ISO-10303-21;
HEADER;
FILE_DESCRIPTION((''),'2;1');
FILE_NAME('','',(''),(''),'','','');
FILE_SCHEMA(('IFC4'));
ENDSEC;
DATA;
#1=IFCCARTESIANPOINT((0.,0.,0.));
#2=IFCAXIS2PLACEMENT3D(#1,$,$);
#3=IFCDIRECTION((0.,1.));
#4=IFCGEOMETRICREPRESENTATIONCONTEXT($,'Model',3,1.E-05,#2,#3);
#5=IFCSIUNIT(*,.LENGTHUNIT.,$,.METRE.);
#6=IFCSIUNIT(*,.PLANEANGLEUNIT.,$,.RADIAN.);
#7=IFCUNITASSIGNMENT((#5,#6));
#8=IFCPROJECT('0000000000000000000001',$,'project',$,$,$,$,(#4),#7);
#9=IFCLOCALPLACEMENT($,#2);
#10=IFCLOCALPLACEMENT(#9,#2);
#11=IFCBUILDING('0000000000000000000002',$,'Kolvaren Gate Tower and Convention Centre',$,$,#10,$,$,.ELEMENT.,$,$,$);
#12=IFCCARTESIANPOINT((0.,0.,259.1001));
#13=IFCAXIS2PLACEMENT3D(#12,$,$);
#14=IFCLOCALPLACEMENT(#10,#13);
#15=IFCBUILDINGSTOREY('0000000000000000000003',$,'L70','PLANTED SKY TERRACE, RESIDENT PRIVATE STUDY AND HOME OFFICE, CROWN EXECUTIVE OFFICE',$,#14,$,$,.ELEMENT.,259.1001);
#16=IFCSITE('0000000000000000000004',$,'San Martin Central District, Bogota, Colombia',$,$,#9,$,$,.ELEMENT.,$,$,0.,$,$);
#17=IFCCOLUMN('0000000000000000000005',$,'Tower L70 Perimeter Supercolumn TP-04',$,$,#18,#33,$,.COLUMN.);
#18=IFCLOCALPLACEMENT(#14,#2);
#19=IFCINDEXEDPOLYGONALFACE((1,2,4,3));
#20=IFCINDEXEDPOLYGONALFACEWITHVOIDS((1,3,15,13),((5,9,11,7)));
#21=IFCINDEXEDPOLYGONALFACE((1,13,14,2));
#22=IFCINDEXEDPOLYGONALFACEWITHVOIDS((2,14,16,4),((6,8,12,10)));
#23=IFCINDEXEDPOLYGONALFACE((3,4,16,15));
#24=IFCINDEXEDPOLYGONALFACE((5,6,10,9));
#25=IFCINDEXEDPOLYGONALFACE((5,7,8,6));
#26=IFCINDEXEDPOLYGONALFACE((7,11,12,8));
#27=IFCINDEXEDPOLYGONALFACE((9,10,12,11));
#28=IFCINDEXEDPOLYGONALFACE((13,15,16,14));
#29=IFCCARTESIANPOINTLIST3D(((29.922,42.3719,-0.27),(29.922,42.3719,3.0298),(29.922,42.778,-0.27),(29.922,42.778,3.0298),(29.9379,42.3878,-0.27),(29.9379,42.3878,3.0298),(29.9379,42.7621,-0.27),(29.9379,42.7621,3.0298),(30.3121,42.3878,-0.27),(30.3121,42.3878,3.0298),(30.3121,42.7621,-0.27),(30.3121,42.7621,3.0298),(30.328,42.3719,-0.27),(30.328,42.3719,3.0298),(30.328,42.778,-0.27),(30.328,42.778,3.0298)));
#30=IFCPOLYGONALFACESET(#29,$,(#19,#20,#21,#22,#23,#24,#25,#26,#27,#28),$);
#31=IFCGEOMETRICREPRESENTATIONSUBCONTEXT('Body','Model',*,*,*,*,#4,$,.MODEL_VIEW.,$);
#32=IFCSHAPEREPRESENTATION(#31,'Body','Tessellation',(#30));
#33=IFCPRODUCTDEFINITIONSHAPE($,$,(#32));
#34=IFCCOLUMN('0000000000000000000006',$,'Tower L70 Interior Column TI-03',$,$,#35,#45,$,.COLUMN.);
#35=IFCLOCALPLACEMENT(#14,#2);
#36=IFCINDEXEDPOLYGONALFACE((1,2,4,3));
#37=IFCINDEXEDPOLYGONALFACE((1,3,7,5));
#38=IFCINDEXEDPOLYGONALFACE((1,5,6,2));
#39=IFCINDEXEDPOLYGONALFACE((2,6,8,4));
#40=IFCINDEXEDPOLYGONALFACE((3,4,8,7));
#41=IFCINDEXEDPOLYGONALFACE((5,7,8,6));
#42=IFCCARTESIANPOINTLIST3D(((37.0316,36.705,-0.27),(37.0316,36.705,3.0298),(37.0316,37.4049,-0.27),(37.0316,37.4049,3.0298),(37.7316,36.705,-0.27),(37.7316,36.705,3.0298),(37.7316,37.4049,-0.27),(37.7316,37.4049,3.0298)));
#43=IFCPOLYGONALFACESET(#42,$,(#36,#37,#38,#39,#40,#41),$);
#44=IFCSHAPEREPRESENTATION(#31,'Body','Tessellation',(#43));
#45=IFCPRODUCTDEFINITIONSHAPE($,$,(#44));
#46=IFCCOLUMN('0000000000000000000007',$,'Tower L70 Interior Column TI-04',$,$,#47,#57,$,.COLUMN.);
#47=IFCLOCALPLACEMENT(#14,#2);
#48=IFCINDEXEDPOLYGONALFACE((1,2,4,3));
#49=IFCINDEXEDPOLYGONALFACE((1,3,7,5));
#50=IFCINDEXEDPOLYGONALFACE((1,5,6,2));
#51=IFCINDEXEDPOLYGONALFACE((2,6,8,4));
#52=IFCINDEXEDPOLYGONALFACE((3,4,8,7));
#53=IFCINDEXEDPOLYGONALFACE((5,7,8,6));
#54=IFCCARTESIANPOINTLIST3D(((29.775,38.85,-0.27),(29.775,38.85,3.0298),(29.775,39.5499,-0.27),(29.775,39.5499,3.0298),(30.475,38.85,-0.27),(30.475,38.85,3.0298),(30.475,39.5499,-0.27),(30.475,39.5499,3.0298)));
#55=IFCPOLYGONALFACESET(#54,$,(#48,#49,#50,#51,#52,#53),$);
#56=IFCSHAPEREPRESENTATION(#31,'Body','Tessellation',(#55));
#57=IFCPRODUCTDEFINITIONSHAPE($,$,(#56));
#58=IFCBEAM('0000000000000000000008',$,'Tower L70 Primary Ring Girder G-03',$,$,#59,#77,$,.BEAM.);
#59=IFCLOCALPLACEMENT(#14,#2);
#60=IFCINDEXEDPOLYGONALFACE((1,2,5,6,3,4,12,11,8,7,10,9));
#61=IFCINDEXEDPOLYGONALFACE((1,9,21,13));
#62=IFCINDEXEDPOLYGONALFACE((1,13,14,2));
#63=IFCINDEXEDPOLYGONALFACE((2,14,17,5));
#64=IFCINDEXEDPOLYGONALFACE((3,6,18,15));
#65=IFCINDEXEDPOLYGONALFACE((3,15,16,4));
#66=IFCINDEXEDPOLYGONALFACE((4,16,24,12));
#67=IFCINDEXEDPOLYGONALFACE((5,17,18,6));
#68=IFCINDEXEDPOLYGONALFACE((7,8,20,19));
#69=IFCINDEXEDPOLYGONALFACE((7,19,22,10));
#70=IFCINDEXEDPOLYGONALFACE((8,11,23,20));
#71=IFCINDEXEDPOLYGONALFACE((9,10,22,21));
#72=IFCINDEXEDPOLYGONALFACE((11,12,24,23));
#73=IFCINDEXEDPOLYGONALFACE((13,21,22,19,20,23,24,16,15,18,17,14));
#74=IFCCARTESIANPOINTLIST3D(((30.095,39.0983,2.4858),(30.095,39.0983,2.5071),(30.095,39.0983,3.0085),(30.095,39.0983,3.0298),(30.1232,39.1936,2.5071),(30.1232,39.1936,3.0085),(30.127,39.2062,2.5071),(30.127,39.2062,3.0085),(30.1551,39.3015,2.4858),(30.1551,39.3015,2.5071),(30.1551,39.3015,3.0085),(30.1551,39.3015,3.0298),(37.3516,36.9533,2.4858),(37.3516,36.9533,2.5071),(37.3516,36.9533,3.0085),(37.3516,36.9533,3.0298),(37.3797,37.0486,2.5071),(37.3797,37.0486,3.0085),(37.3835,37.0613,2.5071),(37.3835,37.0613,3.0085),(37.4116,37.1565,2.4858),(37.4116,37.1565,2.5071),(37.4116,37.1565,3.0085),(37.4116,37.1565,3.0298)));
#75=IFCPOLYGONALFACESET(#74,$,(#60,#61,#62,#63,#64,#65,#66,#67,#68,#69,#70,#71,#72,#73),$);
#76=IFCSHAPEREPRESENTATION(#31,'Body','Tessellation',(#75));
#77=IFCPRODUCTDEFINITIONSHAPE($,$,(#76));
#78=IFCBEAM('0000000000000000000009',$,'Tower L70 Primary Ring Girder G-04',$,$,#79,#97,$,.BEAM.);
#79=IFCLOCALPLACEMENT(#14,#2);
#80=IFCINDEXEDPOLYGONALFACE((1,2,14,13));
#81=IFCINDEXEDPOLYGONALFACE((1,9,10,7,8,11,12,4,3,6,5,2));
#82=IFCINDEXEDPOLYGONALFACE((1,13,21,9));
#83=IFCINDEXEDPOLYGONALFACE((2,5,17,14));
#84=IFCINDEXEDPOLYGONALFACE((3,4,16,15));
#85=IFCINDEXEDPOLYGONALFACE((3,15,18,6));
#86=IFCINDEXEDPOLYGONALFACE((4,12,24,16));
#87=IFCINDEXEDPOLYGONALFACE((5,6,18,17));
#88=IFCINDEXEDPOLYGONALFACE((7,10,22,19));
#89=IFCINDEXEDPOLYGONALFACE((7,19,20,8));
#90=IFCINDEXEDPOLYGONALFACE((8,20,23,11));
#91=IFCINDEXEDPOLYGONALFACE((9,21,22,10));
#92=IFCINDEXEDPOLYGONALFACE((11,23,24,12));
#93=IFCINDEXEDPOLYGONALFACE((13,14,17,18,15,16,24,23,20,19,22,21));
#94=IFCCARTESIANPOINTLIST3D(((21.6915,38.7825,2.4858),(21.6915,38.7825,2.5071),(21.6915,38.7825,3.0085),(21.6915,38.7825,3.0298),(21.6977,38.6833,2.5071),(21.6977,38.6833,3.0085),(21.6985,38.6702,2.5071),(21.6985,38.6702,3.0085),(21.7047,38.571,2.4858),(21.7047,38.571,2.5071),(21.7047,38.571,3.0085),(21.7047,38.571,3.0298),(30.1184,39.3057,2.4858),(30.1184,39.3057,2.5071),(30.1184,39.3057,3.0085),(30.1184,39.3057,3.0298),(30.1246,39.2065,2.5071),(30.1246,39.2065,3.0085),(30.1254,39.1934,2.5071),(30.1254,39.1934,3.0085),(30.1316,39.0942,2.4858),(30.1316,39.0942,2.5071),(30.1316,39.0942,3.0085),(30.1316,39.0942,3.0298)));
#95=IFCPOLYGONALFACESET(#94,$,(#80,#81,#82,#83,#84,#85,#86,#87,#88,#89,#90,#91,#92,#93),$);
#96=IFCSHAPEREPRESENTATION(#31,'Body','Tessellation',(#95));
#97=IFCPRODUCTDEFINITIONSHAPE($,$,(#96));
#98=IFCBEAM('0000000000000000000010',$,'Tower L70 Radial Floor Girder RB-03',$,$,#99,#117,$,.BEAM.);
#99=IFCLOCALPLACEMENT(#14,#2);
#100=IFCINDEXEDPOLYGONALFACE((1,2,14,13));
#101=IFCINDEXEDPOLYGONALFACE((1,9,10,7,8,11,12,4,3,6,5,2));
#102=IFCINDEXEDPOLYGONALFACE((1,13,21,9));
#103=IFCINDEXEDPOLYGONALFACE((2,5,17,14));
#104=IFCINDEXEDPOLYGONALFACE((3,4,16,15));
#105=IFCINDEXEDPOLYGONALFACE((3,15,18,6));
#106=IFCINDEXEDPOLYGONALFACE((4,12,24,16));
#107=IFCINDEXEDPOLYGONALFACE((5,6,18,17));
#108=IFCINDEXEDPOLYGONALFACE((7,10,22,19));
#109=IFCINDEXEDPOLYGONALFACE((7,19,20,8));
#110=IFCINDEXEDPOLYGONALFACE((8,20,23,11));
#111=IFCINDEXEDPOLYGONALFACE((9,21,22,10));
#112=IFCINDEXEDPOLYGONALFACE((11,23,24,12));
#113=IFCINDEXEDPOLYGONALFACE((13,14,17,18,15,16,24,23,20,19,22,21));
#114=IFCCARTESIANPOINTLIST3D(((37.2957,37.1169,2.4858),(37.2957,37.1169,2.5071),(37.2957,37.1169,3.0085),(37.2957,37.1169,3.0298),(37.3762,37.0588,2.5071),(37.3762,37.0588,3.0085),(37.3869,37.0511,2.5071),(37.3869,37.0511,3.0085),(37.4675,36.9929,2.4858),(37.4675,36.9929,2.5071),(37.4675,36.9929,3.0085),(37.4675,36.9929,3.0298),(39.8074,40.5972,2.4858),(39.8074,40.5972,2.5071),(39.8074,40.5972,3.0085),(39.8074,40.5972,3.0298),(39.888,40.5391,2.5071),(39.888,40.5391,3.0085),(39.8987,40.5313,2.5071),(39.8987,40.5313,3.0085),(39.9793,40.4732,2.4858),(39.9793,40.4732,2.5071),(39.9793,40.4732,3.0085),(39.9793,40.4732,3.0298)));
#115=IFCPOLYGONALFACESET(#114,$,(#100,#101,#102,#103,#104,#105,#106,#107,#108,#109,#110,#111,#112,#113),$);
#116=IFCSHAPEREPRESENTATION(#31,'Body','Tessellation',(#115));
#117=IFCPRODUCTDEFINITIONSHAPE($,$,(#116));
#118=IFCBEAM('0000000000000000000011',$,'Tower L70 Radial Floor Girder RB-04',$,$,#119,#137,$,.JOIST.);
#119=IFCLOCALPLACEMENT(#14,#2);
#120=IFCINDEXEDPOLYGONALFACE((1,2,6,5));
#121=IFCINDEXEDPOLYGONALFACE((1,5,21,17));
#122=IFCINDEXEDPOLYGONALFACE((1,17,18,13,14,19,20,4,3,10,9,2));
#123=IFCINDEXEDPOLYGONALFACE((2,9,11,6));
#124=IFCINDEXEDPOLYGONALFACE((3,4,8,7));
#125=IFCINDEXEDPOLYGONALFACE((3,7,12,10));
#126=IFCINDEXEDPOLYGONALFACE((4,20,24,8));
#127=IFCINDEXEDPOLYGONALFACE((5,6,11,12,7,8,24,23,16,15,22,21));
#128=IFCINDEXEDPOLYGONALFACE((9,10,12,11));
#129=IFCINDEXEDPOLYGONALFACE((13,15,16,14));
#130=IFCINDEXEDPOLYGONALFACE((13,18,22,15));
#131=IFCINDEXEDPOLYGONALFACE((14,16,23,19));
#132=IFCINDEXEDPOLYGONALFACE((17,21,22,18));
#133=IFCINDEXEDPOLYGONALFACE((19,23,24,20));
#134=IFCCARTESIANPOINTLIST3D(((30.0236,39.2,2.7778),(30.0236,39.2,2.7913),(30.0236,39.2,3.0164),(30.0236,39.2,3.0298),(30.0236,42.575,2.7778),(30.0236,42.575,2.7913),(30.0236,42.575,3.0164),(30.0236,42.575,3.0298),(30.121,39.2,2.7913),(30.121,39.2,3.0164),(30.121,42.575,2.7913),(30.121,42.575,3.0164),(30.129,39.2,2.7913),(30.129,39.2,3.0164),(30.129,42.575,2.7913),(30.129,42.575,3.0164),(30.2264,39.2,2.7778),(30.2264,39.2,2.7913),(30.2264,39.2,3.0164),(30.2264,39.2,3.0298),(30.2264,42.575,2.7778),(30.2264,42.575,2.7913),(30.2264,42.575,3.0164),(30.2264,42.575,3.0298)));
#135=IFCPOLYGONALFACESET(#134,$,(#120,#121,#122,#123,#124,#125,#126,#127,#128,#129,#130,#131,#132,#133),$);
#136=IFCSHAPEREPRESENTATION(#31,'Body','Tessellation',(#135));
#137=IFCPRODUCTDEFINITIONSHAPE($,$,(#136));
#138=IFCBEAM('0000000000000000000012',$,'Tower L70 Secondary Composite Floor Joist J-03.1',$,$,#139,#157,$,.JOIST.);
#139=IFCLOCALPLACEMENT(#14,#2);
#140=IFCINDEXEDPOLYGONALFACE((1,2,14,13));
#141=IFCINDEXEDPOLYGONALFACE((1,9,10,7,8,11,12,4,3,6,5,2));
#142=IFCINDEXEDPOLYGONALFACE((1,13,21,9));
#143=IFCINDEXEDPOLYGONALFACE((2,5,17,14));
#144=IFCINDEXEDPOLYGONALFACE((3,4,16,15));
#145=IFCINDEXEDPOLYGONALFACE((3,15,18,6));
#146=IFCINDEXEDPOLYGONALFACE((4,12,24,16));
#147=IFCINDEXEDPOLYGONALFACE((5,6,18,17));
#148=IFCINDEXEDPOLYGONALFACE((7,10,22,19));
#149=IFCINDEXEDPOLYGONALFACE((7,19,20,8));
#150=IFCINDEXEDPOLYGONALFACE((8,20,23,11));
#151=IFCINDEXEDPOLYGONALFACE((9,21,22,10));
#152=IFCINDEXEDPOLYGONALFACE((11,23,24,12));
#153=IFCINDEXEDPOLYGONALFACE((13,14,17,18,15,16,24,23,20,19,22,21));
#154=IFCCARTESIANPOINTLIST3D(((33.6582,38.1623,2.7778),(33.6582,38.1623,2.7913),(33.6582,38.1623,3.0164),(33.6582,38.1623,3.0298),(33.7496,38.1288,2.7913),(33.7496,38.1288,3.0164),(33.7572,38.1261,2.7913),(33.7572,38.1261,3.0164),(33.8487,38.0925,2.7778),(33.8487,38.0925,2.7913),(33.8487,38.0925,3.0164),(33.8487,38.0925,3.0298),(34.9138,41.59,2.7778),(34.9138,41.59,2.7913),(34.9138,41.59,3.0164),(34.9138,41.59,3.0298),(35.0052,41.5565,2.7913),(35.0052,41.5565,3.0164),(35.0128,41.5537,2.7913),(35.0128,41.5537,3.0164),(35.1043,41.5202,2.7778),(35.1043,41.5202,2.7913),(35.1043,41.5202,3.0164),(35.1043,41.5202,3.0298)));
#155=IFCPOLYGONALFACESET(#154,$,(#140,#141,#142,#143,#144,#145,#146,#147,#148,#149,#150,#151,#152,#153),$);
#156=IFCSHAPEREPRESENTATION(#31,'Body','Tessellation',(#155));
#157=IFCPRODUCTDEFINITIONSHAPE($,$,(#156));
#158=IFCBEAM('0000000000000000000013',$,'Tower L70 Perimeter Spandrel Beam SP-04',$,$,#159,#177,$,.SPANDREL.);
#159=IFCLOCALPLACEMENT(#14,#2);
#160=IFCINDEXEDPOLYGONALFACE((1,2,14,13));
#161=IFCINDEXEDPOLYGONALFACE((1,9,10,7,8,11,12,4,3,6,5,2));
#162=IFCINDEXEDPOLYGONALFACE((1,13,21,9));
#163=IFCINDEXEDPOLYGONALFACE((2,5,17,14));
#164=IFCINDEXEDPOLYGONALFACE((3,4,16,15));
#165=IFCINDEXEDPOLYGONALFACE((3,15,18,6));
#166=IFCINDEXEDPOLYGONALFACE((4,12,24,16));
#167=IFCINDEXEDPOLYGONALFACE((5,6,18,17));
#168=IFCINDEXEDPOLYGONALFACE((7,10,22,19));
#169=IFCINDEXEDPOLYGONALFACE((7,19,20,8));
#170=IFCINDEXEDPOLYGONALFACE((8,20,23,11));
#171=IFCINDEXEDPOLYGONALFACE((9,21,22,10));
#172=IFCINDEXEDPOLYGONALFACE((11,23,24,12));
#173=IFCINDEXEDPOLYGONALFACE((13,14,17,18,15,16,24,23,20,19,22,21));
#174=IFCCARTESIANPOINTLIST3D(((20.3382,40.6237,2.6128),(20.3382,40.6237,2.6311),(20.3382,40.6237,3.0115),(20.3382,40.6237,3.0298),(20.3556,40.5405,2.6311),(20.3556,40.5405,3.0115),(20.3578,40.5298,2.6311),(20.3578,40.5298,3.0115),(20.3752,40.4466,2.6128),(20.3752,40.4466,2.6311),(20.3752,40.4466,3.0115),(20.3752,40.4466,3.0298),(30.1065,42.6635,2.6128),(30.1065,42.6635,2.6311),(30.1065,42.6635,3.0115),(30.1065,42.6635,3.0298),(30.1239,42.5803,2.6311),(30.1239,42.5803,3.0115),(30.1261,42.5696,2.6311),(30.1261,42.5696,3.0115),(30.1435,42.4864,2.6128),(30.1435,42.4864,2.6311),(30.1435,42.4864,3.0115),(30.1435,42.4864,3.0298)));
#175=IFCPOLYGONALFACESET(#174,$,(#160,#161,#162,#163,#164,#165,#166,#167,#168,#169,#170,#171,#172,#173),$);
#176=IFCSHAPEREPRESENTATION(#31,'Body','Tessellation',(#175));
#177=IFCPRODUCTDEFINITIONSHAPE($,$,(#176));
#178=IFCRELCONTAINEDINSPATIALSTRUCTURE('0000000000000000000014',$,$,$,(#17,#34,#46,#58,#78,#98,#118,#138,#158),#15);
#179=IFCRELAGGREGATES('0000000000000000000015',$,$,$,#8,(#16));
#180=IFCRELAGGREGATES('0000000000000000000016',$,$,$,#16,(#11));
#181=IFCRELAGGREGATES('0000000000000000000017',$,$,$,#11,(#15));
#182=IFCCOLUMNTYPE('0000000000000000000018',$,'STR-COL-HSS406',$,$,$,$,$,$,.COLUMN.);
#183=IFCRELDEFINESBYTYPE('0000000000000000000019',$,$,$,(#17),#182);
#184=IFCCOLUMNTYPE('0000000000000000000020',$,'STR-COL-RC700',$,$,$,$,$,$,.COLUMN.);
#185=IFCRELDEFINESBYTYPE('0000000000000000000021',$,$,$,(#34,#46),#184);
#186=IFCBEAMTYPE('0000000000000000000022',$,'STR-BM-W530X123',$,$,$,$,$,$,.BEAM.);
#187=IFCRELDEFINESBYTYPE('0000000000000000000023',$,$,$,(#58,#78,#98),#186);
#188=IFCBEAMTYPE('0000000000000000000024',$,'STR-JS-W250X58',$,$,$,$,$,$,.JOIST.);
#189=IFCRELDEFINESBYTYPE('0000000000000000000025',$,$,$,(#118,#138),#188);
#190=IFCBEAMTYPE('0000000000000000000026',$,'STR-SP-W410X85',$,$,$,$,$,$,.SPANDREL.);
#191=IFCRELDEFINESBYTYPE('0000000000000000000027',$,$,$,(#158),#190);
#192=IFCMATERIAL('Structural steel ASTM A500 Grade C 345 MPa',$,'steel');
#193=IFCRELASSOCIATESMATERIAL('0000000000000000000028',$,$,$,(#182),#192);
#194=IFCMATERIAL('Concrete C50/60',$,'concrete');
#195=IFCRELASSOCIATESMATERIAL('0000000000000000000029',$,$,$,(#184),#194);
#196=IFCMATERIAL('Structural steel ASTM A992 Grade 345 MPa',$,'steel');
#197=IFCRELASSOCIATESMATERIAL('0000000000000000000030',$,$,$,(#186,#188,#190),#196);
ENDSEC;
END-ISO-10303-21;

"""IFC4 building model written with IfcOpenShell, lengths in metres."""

from ifc_helpers import new_model, si_unit, direction, frame, origin, origin_2d, place, context, subcontext, project, spatial, rectangle, hollow_rectangle, i_section, extrude, material, material_profile, profile_set, type_object, element, save


model = new_model("IFC4")

# Units and contexts
model_context = context("Model", 3, precision=1e-05, world=origin(), true_north=direction((0.0, 1.0)))
body_context = subcontext(model_context, "Body", "Model", "MODEL_VIEW")
ifc_project = project(units=[si_unit("LENGTHUNIT", "METRE"), si_unit("PLANEANGLEUNIT", "RADIAN")], contexts=[model_context])

# Site, building, storey
site_placement = place(None, origin())
site = spatial("IfcSite", under=ifc_project, at=site_placement, Name="San Martin Central District, Bogota, Colombia", CompositionType="ELEMENT", RefElevation=0.0)
building_placement = place(site_placement, origin())
building = spatial("IfcBuilding", under=site, at=building_placement, Name="Kolvaren Gate Tower and Convention Centre", CompositionType="ELEMENT")
storey_placement = place(building_placement, frame((0.0, 0.0, 259.1001)))
storey = spatial("IfcBuildingStorey", under=building, at=storey_placement, Name="L70", Description="PLANTED SKY TERRACE, RESIDENT PRIVATE STUDY AND HOME OFFICE, CROWN EXECUTIVE OFFICE", CompositionType="ELEMENT", Elevation=259.1001)

# Columns
ifc_material_1 = material(Name="Structural steel ASTM A500 Grade C 345 MPa", Category="steel")
ifc_material_profile_1 = material_profile(ifc_material_1, hollow_rectangle(XDim=0.406, YDim=0.406, WallThickness=0.0159, at=origin_2d()), Name="HSS406X406X15.9")
ifc_profile_set_1 = profile_set([ifc_material_profile_1], Name="Structural steel ASTM A500 Grade C 345 MPa")
column_type_1 = type_object("IfcColumnType", Name="STR-COL-HSS406", PredefinedType="COLUMN", material=ifc_profile_set_1)
column_placement = place(storey_placement, frame((30.125, 42.575, -0.27), z_axis=(0.0, 0.0, 1.0), x_axis=(1.0, 0.0, 0.0)))
element("IfcColumn", 1, at=column_placement, inside=storey, type_object=column_type_1, Name="Tower L70 Perimeter Supercolumn TP-04", PredefinedType="COLUMN", context=body_context, shape_type="SweptSolid", body=[
    extrude(hollow_rectangle(XDim=0.406, YDim=0.406, WallThickness=0.0159, at=origin_2d()), origin(), (0.0, 0.0, 1.0), 3.2998),
])
ifc_material_2 = material(Name="Concrete C50/60", Category="concrete")
ifc_material_profile_2 = material_profile(ifc_material_2, rectangle(XDim=0.7, YDim=0.7, at=origin_2d()), Name="RC-COL-700X700")
ifc_profile_set_2 = profile_set([ifc_material_profile_2], Name="Concrete C50/60")
column_type_2 = type_object("IfcColumnType", Name="STR-COL-RC700", PredefinedType="COLUMN", material=ifc_profile_set_2)
for number, where, z_axis, x_axis, name in (
    (2, (37.3816, 37.0549, -0.27), (0.0, 0.0, 1.0), (1.0, 0.0, 0.0), "Tower L70 Interior Column TI-03"),
    (3, (30.125, 39.2, -0.27), (0.0, 0.0, 1.0), (1.0, 0.0, 0.0), "Tower L70 Interior Column TI-04"),
):
    element("IfcColumn", number, at=place(storey_placement, frame(where, z_axis=z_axis, x_axis=x_axis)), inside=storey, type_object=column_type_2, Name=name, PredefinedType="COLUMN", context=body_context, shape_type="SweptSolid", body=[
        extrude(rectangle(XDim=0.7, YDim=0.7, at=origin_2d()), origin(), (0.0, 0.0, 1.0), 3.2998),
    ])

# Beams
ifc_material_3 = material(Name="Structural steel ASTM A992 Grade 345 MPa", Category="steel")
ifc_material_profile_3 = material_profile(ifc_material_3, i_section(OverallWidth=0.2119, OverallDepth=0.5439, WebThickness=0.0132, FlangeThickness=0.0212, at=origin_2d()), Name="W530X123")
ifc_profile_set_3 = profile_set([ifc_material_profile_3], Name="Structural steel ASTM A992 Grade 345 MPa")
beam_type_1 = type_object("IfcBeamType", Name="STR-BM-W530X123", PredefinedType="BEAM", material=ifc_profile_set_3)
beam_1_placement = place(storey_placement, frame((37.3816, 37.0549, 2.7578), z_axis=(-0.958981, 0.283471, 0.0), x_axis=(-0.283471, -0.958981, 0.0)))
element("IfcBeam", 4, at=beam_1_placement, inside=storey, type_object=beam_type_1, Name="Tower L70 Primary Ring Girder G-03", PredefinedType="BEAM", context=body_context, shape_type="SweptSolid", body=[
    extrude(i_section(OverallWidth=0.2119, OverallDepth=0.5439, WebThickness=0.0132, FlangeThickness=0.0212, at=origin_2d()), origin(), (0.0, 0.0, 1.0), 7.5669),
])
beam_2_placement = place(storey_placement, frame((30.125, 39.2, 2.7578), z_axis=(-0.998078, -0.061966, 0.0), x_axis=(0.061966, -0.998078, 0.0)))
element("IfcBeam", 5, at=beam_2_placement, inside=storey, type_object=beam_type_1, Name="Tower L70 Primary Ring Girder G-04", PredefinedType="BEAM", context=body_context, shape_type="SweptSolid", body=[
    extrude(i_section(OverallWidth=0.2119, OverallDepth=0.5439, WebThickness=0.0132, FlangeThickness=0.0212, at=origin_2d()), origin(), (0.0, 0.0, 1.0), 8.4431),
])
beam_3_placement = place(storey_placement, frame((37.3816, 37.0549, 2.7578), z_axis=(0.585218, 0.810876, 0.0), x_axis=(-0.810876, 0.585218, 0.0)))
element("IfcBeam", 6, at=beam_3_placement, inside=storey, type_object=beam_type_1, Name="Tower L70 Radial Floor Girder RB-03", PredefinedType="BEAM", context=body_context, shape_type="SweptSolid", body=[
    extrude(i_section(OverallWidth=0.2119, OverallDepth=0.5439, WebThickness=0.0132, FlangeThickness=0.0212, at=origin_2d()), origin(), (0.0, 0.0, 1.0), 4.292),
])
ifc_material_profile_4 = material_profile(ifc_material_3, i_section(OverallWidth=0.2029, OverallDepth=0.252, WebThickness=0.0081, FlangeThickness=0.0134, at=origin_2d()), Name="W250X58")
ifc_profile_set_4 = profile_set([ifc_material_profile_4], Name="Structural steel ASTM A992 Grade 345 MPa")
beam_type_2 = type_object("IfcBeamType", Name="STR-JS-W250X58", PredefinedType="JOIST", material=ifc_profile_set_4)
beam_4_placement = place(storey_placement, frame((30.125, 39.2, 2.9038), z_axis=(0.0, 1.0, 0.0), x_axis=(-1.0, 0.0, 0.0)))
element("IfcBeam", 7, at=beam_4_placement, inside=storey, type_object=beam_type_2, Name="Tower L70 Radial Floor Girder RB-04", PredefinedType="JOIST", context=body_context, shape_type="SweptSolid", body=[
    extrude(i_section(OverallWidth=0.2029, OverallDepth=0.252, WebThickness=0.0081, FlangeThickness=0.0134, at=origin_2d()), origin(), (0.0, 0.0, 1.0), 3.375),
])
beam_5_placement = place(storey_placement, frame((33.7534, 38.1274, 2.9038), z_axis=(0.34396, 0.938984, 0.0), x_axis=(-0.938984, 0.34396, 0.0)))
element("IfcBeam", 8, at=beam_5_placement, inside=storey, type_object=beam_type_2, Name="Tower L70 Secondary Composite Floor Joist J-03.1", PredefinedType="JOIST", context=body_context, shape_type="SweptSolid", body=[
    extrude(i_section(OverallWidth=0.2029, OverallDepth=0.252, WebThickness=0.0081, FlangeThickness=0.0134, at=origin_2d()), origin(), (0.0, 0.0, 1.0), 3.6504),
])
ifc_material_profile_5 = material_profile(ifc_material_3, i_section(OverallWidth=0.1809, OverallDepth=0.417, WebThickness=0.011, FlangeThickness=0.0183, at=origin_2d()), Name="W410X85")
ifc_profile_set_5 = profile_set([ifc_material_profile_5], Name="Structural steel ASTM A992 Grade 345 MPa")
beam_type_3 = type_object("IfcBeamType", Name="STR-SP-W410X85", PredefinedType="SPANDREL", material=ifc_profile_set_5)
beam_6_placement = place(storey_placement, frame((30.125, 42.575, 2.8213), z_axis=(-0.978886, -0.204409, 0.0), x_axis=(0.204409, -0.978886, 0.0)))
element("IfcBeam", 9, at=beam_6_placement, inside=storey, type_object=beam_type_3, Name="Tower L70 Perimeter Spandrel Beam SP-04", PredefinedType="SPANDREL", context=body_context, shape_type="SweptSolid", body=[
    extrude(i_section(OverallWidth=0.1809, OverallDepth=0.417, WebThickness=0.011, FlangeThickness=0.0183, at=origin_2d()), origin(), (0.0, 0.0, 1.0), 9.979),
])

save(model, "model.ifc")
